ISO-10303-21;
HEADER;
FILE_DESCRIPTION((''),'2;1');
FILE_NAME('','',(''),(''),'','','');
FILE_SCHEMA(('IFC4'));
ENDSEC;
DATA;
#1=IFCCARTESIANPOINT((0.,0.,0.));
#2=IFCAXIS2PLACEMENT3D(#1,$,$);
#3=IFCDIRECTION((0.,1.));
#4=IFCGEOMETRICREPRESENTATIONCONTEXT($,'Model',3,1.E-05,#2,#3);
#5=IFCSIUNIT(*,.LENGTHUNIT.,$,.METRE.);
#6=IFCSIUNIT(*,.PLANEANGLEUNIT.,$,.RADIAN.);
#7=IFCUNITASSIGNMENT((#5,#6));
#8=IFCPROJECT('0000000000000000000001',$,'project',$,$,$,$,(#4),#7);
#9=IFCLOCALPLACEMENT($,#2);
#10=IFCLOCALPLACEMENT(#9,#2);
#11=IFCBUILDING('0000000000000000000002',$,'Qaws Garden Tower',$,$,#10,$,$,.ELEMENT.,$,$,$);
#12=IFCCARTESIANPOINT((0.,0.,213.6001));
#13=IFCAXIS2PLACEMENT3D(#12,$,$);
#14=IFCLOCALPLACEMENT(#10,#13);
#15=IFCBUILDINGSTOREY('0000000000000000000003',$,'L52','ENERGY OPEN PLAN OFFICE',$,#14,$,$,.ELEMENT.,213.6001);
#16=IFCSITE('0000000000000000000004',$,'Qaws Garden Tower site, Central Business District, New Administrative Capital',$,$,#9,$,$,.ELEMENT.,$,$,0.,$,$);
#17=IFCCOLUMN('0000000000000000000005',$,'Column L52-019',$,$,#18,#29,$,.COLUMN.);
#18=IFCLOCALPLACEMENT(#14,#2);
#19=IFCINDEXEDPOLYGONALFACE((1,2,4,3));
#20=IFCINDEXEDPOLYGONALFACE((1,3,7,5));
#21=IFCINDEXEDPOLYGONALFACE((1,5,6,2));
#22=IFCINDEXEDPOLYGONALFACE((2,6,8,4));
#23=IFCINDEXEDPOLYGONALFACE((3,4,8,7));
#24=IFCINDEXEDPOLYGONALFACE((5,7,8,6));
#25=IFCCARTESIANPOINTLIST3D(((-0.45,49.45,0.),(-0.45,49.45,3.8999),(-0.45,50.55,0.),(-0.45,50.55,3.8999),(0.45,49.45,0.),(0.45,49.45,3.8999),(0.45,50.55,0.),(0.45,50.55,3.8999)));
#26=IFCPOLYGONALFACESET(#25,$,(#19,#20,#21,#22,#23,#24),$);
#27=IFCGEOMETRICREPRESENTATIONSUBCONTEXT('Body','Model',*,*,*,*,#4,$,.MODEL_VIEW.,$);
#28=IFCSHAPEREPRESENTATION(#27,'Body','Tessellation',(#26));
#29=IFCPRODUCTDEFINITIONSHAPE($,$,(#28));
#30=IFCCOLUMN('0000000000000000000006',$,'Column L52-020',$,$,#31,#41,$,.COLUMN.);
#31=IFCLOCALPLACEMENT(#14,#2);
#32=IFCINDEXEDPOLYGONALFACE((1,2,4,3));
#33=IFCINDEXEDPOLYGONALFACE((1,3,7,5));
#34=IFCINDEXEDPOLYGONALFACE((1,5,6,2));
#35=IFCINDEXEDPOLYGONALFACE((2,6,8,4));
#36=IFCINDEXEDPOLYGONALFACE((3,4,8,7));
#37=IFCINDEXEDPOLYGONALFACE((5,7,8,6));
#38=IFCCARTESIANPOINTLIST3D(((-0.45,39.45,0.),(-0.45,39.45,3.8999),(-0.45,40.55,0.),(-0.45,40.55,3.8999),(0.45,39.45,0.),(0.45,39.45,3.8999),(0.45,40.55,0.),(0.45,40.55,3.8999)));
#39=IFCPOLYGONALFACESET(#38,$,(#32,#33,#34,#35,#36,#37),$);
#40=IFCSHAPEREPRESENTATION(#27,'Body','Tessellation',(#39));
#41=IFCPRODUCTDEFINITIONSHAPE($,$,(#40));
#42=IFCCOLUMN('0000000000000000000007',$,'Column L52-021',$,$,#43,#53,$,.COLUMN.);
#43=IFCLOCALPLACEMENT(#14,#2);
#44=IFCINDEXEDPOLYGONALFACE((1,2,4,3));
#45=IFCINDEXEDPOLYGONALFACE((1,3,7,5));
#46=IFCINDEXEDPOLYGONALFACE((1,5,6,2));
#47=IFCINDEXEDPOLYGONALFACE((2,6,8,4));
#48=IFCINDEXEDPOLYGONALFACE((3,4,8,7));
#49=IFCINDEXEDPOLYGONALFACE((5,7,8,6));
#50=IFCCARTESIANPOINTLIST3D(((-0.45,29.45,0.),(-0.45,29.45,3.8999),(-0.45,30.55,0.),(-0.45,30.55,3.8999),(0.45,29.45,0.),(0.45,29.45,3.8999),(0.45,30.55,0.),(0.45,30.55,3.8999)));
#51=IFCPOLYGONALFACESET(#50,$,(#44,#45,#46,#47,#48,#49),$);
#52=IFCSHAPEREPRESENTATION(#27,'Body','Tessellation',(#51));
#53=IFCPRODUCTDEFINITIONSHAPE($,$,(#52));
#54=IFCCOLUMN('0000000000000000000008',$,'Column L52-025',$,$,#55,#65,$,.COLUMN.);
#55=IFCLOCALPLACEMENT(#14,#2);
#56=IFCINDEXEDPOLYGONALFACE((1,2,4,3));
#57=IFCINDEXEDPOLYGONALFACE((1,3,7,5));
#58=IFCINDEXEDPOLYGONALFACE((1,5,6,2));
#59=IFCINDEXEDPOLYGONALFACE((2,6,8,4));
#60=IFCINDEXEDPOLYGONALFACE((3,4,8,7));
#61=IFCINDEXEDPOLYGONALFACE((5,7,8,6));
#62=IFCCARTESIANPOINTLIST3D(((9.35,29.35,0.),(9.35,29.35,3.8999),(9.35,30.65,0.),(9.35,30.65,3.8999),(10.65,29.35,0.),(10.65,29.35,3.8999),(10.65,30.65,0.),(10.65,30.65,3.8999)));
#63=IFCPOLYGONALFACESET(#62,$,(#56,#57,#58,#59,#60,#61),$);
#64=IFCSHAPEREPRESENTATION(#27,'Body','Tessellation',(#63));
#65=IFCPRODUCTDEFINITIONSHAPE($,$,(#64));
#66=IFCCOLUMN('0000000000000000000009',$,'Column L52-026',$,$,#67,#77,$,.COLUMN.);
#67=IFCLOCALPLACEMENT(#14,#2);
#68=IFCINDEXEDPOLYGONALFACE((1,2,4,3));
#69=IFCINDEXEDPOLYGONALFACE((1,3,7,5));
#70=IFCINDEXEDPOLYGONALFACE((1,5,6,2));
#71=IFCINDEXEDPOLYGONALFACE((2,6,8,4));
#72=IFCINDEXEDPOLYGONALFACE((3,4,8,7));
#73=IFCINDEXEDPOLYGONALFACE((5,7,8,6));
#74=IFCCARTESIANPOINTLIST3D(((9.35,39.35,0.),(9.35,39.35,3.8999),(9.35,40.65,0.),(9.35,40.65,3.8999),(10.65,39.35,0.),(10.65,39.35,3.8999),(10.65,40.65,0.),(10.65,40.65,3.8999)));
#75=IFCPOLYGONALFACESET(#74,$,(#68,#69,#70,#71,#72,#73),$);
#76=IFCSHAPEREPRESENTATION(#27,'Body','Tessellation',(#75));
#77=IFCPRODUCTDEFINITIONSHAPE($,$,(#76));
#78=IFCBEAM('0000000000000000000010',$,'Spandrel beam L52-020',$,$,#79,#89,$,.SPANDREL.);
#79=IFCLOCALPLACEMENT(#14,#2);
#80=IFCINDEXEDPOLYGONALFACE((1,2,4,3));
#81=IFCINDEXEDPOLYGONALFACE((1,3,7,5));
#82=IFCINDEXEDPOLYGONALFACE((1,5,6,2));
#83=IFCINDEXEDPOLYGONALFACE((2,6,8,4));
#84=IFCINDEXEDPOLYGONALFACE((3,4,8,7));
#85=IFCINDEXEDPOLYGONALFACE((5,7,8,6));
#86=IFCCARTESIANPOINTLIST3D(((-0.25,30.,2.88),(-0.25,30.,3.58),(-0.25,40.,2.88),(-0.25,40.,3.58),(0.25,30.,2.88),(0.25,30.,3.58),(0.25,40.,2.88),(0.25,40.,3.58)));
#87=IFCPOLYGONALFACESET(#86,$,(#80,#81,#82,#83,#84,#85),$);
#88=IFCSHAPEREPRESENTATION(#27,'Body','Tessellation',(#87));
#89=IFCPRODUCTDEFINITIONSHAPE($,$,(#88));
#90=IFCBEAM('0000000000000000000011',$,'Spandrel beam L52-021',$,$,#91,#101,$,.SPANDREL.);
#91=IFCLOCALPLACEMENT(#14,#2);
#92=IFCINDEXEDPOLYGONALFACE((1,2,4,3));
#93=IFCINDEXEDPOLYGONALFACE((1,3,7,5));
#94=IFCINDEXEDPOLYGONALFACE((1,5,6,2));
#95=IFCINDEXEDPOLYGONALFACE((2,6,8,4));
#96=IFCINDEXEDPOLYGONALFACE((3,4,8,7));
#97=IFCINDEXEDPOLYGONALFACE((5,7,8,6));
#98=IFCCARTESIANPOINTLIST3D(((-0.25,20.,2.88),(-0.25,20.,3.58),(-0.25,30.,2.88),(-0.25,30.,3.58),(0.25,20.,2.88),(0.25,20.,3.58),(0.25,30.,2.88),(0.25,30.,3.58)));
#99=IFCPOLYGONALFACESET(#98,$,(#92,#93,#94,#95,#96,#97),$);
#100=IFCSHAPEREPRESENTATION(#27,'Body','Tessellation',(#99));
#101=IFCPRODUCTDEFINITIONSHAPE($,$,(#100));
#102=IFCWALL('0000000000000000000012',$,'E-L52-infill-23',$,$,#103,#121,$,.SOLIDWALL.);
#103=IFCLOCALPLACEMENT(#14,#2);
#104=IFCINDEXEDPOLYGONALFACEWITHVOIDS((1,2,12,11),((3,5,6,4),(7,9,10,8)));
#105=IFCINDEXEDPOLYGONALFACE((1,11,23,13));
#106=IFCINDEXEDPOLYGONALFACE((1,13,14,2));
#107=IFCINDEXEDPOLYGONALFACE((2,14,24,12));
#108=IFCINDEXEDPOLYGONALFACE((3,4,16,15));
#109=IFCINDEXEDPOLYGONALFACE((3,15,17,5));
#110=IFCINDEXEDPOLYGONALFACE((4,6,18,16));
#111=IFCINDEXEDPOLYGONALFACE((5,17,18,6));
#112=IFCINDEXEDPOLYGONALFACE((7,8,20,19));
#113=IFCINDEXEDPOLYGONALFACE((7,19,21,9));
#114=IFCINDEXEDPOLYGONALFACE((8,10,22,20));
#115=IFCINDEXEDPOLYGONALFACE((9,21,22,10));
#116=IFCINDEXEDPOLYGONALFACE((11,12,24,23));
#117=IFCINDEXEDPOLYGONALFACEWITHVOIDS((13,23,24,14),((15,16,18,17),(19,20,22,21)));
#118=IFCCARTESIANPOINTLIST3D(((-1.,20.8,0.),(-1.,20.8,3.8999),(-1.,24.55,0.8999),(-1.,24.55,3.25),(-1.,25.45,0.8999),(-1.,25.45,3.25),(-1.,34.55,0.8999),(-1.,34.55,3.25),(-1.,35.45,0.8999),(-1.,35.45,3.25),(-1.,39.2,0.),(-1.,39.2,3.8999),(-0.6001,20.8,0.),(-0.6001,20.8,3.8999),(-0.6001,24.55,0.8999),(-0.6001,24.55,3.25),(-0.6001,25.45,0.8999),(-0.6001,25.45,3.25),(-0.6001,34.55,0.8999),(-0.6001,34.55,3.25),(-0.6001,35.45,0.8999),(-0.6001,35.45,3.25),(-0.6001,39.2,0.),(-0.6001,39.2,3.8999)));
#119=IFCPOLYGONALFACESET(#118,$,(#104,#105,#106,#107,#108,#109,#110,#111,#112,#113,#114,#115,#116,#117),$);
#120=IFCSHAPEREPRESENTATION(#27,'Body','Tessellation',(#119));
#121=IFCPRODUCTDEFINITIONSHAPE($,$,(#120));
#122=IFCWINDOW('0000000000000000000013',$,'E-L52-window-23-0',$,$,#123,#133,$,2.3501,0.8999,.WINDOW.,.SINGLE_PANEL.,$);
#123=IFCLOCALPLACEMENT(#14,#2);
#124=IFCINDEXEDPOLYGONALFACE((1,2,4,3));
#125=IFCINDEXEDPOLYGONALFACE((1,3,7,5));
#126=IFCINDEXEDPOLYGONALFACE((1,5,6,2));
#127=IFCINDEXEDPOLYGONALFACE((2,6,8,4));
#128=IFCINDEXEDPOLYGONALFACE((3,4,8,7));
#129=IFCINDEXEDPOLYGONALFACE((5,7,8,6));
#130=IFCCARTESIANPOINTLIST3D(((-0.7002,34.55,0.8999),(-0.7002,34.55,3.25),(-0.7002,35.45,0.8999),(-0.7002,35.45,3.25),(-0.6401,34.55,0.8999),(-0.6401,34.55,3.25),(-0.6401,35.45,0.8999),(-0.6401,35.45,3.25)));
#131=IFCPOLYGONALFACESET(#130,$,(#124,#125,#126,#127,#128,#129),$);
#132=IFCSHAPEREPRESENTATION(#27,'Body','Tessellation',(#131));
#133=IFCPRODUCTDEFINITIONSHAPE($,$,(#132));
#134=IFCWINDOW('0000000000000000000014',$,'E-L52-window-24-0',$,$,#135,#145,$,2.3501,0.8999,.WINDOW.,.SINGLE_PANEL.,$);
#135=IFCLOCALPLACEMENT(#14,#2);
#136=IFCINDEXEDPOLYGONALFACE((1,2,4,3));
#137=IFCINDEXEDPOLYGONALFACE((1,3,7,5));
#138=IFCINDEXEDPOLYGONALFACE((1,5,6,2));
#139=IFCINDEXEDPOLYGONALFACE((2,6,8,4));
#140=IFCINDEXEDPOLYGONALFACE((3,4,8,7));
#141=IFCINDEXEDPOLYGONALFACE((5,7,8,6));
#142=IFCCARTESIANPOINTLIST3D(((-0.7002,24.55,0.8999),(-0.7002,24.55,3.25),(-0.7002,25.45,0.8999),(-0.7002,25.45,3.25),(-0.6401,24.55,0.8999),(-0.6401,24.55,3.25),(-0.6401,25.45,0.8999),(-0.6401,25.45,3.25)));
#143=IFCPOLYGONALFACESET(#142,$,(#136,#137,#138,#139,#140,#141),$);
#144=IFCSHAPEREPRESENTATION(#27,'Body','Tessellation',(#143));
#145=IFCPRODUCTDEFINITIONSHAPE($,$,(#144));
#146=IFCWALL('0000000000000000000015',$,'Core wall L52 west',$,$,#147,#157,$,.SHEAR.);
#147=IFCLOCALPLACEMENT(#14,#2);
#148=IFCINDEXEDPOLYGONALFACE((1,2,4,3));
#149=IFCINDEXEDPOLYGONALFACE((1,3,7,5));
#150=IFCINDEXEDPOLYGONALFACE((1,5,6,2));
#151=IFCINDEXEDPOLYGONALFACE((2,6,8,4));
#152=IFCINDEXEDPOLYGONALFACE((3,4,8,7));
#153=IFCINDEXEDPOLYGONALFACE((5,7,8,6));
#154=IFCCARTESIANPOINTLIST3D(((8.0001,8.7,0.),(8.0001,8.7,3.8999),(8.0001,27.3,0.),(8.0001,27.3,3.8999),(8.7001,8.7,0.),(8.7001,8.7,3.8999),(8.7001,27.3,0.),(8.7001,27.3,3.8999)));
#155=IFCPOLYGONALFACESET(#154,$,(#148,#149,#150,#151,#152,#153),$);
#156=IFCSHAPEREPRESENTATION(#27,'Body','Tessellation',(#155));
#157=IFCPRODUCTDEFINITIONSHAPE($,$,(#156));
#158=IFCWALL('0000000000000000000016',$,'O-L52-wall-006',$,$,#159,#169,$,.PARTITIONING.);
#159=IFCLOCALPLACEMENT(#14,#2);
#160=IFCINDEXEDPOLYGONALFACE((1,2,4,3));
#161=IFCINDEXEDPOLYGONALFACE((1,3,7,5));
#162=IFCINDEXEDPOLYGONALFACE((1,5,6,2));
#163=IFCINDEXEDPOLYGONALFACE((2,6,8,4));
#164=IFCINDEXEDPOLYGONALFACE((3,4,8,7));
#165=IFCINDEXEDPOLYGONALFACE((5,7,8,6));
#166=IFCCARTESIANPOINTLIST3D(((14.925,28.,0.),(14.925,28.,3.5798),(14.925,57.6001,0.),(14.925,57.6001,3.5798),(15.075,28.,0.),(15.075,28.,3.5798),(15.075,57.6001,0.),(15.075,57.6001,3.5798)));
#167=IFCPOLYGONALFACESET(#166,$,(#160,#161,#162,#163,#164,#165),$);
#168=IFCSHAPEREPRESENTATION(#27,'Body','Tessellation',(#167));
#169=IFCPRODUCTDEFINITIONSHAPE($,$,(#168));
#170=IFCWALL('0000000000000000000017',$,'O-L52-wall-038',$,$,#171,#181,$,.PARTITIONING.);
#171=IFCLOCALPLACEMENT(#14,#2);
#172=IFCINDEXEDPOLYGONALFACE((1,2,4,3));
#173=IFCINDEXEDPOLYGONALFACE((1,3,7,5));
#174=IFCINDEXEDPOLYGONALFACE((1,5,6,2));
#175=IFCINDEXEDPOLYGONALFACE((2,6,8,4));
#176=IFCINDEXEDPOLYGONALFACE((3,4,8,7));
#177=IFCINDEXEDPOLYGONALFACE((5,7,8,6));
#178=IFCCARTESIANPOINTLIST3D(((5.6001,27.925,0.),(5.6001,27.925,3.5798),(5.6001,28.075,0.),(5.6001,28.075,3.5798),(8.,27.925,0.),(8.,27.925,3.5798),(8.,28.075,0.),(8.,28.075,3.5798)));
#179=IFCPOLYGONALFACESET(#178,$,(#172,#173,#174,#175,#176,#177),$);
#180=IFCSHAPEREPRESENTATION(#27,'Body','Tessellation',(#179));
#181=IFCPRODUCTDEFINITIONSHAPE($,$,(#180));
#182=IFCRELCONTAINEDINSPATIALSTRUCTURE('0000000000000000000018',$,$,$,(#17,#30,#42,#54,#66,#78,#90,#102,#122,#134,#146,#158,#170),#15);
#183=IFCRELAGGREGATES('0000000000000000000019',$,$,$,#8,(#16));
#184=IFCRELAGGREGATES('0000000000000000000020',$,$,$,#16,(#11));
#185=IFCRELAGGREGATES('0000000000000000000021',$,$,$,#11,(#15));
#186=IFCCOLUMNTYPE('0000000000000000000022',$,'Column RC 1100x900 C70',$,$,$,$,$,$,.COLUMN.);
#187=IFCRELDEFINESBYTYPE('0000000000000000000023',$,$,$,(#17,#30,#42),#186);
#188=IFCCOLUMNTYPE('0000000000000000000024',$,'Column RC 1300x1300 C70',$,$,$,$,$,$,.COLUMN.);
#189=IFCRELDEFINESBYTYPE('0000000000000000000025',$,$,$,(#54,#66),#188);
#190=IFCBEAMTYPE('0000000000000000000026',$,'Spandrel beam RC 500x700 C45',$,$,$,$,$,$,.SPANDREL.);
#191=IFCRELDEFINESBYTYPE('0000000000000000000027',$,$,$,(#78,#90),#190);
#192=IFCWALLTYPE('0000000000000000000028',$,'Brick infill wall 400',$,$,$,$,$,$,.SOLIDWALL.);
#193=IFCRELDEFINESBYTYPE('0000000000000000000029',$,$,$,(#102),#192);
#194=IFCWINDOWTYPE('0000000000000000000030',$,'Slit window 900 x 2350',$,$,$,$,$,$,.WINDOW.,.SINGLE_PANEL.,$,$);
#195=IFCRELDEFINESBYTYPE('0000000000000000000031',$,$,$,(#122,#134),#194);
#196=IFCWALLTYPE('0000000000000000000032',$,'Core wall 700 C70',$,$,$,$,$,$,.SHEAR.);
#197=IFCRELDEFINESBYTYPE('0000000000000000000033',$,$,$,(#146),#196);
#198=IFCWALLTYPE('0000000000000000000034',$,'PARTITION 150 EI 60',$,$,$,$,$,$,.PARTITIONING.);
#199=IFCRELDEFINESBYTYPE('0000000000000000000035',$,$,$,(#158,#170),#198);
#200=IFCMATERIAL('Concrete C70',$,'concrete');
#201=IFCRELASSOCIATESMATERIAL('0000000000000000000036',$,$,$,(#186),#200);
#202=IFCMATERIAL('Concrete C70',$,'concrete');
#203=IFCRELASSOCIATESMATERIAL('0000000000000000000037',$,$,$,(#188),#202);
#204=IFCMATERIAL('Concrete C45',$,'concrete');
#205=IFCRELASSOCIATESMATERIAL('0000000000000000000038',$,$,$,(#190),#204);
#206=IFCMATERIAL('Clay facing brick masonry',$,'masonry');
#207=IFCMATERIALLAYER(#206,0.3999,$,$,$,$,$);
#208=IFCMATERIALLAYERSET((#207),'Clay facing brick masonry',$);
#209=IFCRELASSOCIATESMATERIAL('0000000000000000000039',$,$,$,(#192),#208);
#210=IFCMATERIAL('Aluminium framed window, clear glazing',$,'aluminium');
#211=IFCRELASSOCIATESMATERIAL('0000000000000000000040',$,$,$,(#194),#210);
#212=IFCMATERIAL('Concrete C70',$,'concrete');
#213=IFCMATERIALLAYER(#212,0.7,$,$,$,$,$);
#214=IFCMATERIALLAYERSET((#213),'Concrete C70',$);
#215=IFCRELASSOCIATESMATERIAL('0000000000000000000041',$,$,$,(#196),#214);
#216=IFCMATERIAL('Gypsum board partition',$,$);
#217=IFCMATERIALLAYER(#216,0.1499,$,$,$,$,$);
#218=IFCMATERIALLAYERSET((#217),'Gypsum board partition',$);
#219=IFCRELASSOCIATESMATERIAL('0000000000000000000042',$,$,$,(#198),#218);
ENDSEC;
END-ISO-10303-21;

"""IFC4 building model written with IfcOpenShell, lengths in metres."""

from ifc_helpers import new_model, si_unit, direction, frame, frame_2d, origin, origin_2d, place, context, subcontext, project, spatial, rectangle, extrude, material, layer, layer_set, material_profile, profile_set, type_object, element, fill, save


model = new_model("IFC4")

# Units and contexts
model_context = context("Model", 3, precision=1e-05, world=origin(), true_north=direction((0.0, 1.0)))
body_context = subcontext(model_context, "Body", "Model", "MODEL_VIEW")
ifc_project = project(units=[si_unit("LENGTHUNIT", "METRE"), si_unit("PLANEANGLEUNIT", "RADIAN")], contexts=[model_context])

# Site, building, storey
site_placement = place(None, origin())
site = spatial("IfcSite", under=ifc_project, at=site_placement, Name="Qaws Garden Tower site, Central Business District, New Administrative Capital", CompositionType="ELEMENT", RefElevation=0.0)
building_placement = place(site_placement, origin())
building = spatial("IfcBuilding", under=site, at=building_placement, Name="Qaws Garden Tower", CompositionType="ELEMENT")
storey_placement = place(building_placement, frame((0.0, 0.0, 213.6001)))
storey = spatial("IfcBuildingStorey", under=building, at=storey_placement, Name="L52", Description="ENERGY OPEN PLAN OFFICE", CompositionType="ELEMENT", Elevation=213.6001)

# Columns
ifc_material_1 = material(Name="Concrete C70", Category="concrete")
ifc_material_profile_1 = material_profile(ifc_material_1, rectangle(XDim=1.1001, YDim=0.8999, at=origin_2d()), Name="RC 1100x900")
ifc_profile_set_1 = profile_set([ifc_material_profile_1], Name="Concrete C70")
column_type_1 = type_object("IfcColumnType", Name="Column RC 1100x900 C70", PredefinedType="COLUMN", material=ifc_profile_set_1)
for number, where, z_axis, x_axis, name in (
    (1, (0.0, 50.0, 0.0), (0.0, 0.0, 1.0), (0.0, 1.0, 0.0), "Column L52-019"),
    (2, (0.0, 40.0, 0.0), (0.0, 0.0, 1.0), (0.0, 1.0, 0.0), "Column L52-020"),
    (3, (0.0, 30.0, 0.0), (0.0, 0.0, 1.0), (0.0, 1.0, 0.0), "Column L52-021"),
):
    element("IfcColumn", number, at=place(storey_placement, frame(where, z_axis=z_axis, x_axis=x_axis)), inside=storey, type_object=column_type_1, Name=name, PredefinedType="COLUMN", context=body_context, shape_type="SweptSolid", body=[
        extrude(rectangle(XDim=1.1001, YDim=0.8999, at=origin_2d()), origin(), (0.0, 0.0, 1.0), 3.8999),
    ])
ifc_material_2 = material(Name="Concrete C70", Category="concrete")
ifc_material_profile_2 = material_profile(ifc_material_2, rectangle(XDim=1.3, YDim=1.3, at=origin_2d()), Name="RC 1300x1300")
ifc_profile_set_2 = profile_set([ifc_material_profile_2], Name="Concrete C70")
column_type_2 = type_object("IfcColumnType", Name="Column RC 1300x1300 C70", PredefinedType="COLUMN", material=ifc_profile_set_2)
for number, where, z_axis, x_axis, name in (
    (4, (10.0, 30.0, 0.0), (0.0, 0.0, 1.0), (1.0, 0.0, 0.0), "Column L52-025"),
    (5, (10.0, 40.0, 0.0), (0.0, 0.0, 1.0), (1.0, 0.0, 0.0), "Column L52-026"),
):
    element("IfcColumn", number, at=place(storey_placement, frame(where, z_axis=z_axis, x_axis=x_axis)), inside=storey, type_object=column_type_2, Name=name, PredefinedType="COLUMN", context=body_context, shape_type="SweptSolid", body=[
        extrude(rectangle(XDim=1.3, YDim=1.3, at=origin_2d()), origin(), (0.0, 0.0, 1.0), 3.8999),
    ])

# Beams
ifc_material_3 = material(Name="Concrete C45", Category="concrete")
ifc_material_profile_3 = material_profile(ifc_material_3, rectangle(XDim=0.5, YDim=0.7, at=origin_2d()), Name="RC 500x700")
ifc_profile_set_3 = profile_set([ifc_material_profile_3], Name="Concrete C45")
beam_type = type_object("IfcBeamType", Name="Spandrel beam RC 500x700 C45", PredefinedType="SPANDREL", material=ifc_profile_set_3)
for number, where, z_axis, x_axis, name in (
    (6, (0.0, 40.0, 3.23), (0.0, -1.0, 0.0), (1.0, 0.0, 0.0), "Spandrel beam L52-020"),
    (7, (0.0, 30.0, 3.23), (0.0, -1.0, 0.0), (1.0, 0.0, 0.0), "Spandrel beam L52-021"),
):
    element("IfcBeam", number, at=place(storey_placement, frame(where, z_axis=z_axis, x_axis=x_axis)), inside=storey, type_object=beam_type, Name=name, PredefinedType="SPANDREL", context=body_context, shape_type="SweptSolid", body=[
        extrude(rectangle(XDim=0.5, YDim=0.7, at=origin_2d()), origin(), (0.0, 0.0, 1.0), 10.0),
    ])

# Wall, openings, windows
ifc_material_4 = material(Name="Clay facing brick masonry", Category="masonry")
ifc_layer_1 = layer(ifc_material_4, 0.3999)
ifc_layer_set_1 = layer_set([ifc_layer_1], Name="Clay facing brick masonry")
wall_type_1 = type_object("IfcWallType", Name="Brick infill wall 400", PredefinedType="SOLIDWALL", material=ifc_layer_set_1)
wall_1_placement = place(storey_placement, frame((-0.8, 39.2, 0.0), z_axis=(0.0, 0.0, 1.0), x_axis=(0.0, -1.0, 0.0)))
wall_1 = element("IfcWall", 8, at=wall_1_placement, inside=storey, type_object=wall_type_1, Name="E-L52-infill-23", PredefinedType="SOLIDWALL", context=body_context, shape_type="SweptSolid", body=[
    extrude(rectangle(XDim=18.3999, YDim=0.3999, at=frame_2d((9.2, 0.0))), origin(), (0.0, 0.0, 1.0), 3.8999),
])
opening_1_placement = place(wall_1_placement, frame((3.75, 0.0, 0.8999)))
opening_1 = element("IfcOpeningElement", 9, at=opening_1_placement, cuts=wall_1, PredefinedType="OPENING", context=body_context, shape_type="SweptSolid", body=[
    extrude(rectangle(XDim=0.8999, YDim=2.3501, at=frame_2d((0.45, 1.175))), frame((0.0, 0.21, 0.0), z_axis=(0.0, -1.0, 0.0), x_axis=(1.0, 0.0, 0.0)), (0.0, 0.0, 1.0), 0.4199),
])
opening_2_placement = place(wall_1_placement, frame((13.75, 0.0, 0.8999)))
opening_2 = element("IfcOpeningElement", 10, at=opening_2_placement, cuts=wall_1, PredefinedType="OPENING", context=body_context, shape_type="SweptSolid", body=[
    extrude(rectangle(XDim=0.8999, YDim=2.3501, at=frame_2d((0.45, 1.175))), frame((0.0, 0.21, 0.0), z_axis=(0.0, -1.0, 0.0), x_axis=(1.0, 0.0, 0.0)), (0.0, 0.0, 1.0), 0.4199),
])
ifc_material_5 = material(Name="Aluminium framed window, clear glazing", Category="aluminium")
window_type = type_object("IfcWindowType", Name="Slit window 900 x 2350", PartitioningType="SINGLE_PANEL", PredefinedType="WINDOW", material=ifc_material_5)
window_1_placement = place(opening_1_placement, origin())
window_1 = element("IfcWindow", 11, at=window_1_placement, inside=storey, type_object=window_type, Name="E-L52-window-23-0", OverallHeight=2.3501, OverallWidth=0.8999, PartitioningType="SINGLE_PANEL", PredefinedType="WINDOW", context=body_context, shape_type="SweptSolid", body=[
    extrude(rectangle(XDim=0.8999, YDim=2.3501, at=frame_2d((0.45, 1.175))), frame((0.0, 0.1599, 0.0), z_axis=(0.0, -1.0, 0.0), x_axis=(1.0, 0.0, 0.0)), (0.0, 0.0, 1.0), 0.0601),
])
fill(opening_1, window_1)
window_2_placement = place(opening_2_placement, origin())
window_2 = element("IfcWindow", 12, at=window_2_placement, inside=storey, type_object=window_type, Name="E-L52-window-24-0", OverallHeight=2.3501, OverallWidth=0.8999, PartitioningType="SINGLE_PANEL", PredefinedType="WINDOW", context=body_context, shape_type="SweptSolid", body=[
    extrude(rectangle(XDim=0.8999, YDim=2.3501, at=frame_2d((0.45, 1.175))), frame((0.0, 0.1599, 0.0), z_axis=(0.0, -1.0, 0.0), x_axis=(1.0, 0.0, 0.0)), (0.0, 0.0, 1.0), 0.0601),
])
fill(opening_2, window_2)

# Walls
ifc_material_6 = material(Name="Concrete C70", Category="concrete")
ifc_layer_2 = layer(ifc_material_6, 0.7)
ifc_layer_set_2 = layer_set([ifc_layer_2], Name="Concrete C70")
wall_type_2 = type_object("IfcWallType", Name="Core wall 700 C70", PredefinedType="SHEAR", material=ifc_layer_set_2)
wall_2_placement = place(storey_placement, frame((8.3501, 27.3, 0.0), z_axis=(0.0, 0.0, 1.0), x_axis=(0.0, -1.0, 0.0)))
element("IfcWall", 13, at=wall_2_placement, inside=storey, type_object=wall_type_2, Name="Core wall L52 west", PredefinedType="SHEAR", context=body_context, shape_type="SweptSolid", body=[
    extrude(rectangle(XDim=18.6001, YDim=0.7, at=frame_2d((9.3, 0.0))), origin(), (0.0, 0.0, 1.0), 3.8999),
])
ifc_material_7 = material(Name="Gypsum board partition")
ifc_layer_3 = layer(ifc_material_7, 0.1499)
ifc_layer_set_3 = layer_set([ifc_layer_3], Name="Gypsum board partition")
wall_type_3 = type_object("IfcWallType", Name="PARTITION 150 EI 60", PredefinedType="PARTITIONING", material=ifc_layer_set_3)
wall_3_placement = place(storey_placement, frame((15.0, 28.0, 0.0), z_axis=(0.0, 0.0, 1.0), x_axis=(0.0, 1.0, 0.0)))
element("IfcWall", 14, at=wall_3_placement, inside=storey, type_object=wall_type_3, Name="O-L52-wall-006", PredefinedType="PARTITIONING", context=body_context, shape_type="SweptSolid", body=[
    extrude(rectangle(XDim=29.6001, YDim=0.1499, at=frame_2d((14.8, 0.0))), origin(), (0.0, 0.0, 1.0), 3.5798),
])
wall_4_placement = place(storey_placement, frame((5.6001, 28.0, 0.0), z_axis=(0.0, 0.0, 1.0), x_axis=(1.0, 0.0, 0.0)))
element("IfcWall", 15, at=wall_4_placement, inside=storey, type_object=wall_type_3, Name="O-L52-wall-038", PredefinedType="PARTITIONING", context=body_context, shape_type="SweptSolid", body=[
    extrude(rectangle(XDim=2.3999, YDim=0.1499, at=frame_2d((1.2, 0.0))), origin(), (0.0, 0.0, 1.0), 3.5798),
])

save(model, "model.ifc")
